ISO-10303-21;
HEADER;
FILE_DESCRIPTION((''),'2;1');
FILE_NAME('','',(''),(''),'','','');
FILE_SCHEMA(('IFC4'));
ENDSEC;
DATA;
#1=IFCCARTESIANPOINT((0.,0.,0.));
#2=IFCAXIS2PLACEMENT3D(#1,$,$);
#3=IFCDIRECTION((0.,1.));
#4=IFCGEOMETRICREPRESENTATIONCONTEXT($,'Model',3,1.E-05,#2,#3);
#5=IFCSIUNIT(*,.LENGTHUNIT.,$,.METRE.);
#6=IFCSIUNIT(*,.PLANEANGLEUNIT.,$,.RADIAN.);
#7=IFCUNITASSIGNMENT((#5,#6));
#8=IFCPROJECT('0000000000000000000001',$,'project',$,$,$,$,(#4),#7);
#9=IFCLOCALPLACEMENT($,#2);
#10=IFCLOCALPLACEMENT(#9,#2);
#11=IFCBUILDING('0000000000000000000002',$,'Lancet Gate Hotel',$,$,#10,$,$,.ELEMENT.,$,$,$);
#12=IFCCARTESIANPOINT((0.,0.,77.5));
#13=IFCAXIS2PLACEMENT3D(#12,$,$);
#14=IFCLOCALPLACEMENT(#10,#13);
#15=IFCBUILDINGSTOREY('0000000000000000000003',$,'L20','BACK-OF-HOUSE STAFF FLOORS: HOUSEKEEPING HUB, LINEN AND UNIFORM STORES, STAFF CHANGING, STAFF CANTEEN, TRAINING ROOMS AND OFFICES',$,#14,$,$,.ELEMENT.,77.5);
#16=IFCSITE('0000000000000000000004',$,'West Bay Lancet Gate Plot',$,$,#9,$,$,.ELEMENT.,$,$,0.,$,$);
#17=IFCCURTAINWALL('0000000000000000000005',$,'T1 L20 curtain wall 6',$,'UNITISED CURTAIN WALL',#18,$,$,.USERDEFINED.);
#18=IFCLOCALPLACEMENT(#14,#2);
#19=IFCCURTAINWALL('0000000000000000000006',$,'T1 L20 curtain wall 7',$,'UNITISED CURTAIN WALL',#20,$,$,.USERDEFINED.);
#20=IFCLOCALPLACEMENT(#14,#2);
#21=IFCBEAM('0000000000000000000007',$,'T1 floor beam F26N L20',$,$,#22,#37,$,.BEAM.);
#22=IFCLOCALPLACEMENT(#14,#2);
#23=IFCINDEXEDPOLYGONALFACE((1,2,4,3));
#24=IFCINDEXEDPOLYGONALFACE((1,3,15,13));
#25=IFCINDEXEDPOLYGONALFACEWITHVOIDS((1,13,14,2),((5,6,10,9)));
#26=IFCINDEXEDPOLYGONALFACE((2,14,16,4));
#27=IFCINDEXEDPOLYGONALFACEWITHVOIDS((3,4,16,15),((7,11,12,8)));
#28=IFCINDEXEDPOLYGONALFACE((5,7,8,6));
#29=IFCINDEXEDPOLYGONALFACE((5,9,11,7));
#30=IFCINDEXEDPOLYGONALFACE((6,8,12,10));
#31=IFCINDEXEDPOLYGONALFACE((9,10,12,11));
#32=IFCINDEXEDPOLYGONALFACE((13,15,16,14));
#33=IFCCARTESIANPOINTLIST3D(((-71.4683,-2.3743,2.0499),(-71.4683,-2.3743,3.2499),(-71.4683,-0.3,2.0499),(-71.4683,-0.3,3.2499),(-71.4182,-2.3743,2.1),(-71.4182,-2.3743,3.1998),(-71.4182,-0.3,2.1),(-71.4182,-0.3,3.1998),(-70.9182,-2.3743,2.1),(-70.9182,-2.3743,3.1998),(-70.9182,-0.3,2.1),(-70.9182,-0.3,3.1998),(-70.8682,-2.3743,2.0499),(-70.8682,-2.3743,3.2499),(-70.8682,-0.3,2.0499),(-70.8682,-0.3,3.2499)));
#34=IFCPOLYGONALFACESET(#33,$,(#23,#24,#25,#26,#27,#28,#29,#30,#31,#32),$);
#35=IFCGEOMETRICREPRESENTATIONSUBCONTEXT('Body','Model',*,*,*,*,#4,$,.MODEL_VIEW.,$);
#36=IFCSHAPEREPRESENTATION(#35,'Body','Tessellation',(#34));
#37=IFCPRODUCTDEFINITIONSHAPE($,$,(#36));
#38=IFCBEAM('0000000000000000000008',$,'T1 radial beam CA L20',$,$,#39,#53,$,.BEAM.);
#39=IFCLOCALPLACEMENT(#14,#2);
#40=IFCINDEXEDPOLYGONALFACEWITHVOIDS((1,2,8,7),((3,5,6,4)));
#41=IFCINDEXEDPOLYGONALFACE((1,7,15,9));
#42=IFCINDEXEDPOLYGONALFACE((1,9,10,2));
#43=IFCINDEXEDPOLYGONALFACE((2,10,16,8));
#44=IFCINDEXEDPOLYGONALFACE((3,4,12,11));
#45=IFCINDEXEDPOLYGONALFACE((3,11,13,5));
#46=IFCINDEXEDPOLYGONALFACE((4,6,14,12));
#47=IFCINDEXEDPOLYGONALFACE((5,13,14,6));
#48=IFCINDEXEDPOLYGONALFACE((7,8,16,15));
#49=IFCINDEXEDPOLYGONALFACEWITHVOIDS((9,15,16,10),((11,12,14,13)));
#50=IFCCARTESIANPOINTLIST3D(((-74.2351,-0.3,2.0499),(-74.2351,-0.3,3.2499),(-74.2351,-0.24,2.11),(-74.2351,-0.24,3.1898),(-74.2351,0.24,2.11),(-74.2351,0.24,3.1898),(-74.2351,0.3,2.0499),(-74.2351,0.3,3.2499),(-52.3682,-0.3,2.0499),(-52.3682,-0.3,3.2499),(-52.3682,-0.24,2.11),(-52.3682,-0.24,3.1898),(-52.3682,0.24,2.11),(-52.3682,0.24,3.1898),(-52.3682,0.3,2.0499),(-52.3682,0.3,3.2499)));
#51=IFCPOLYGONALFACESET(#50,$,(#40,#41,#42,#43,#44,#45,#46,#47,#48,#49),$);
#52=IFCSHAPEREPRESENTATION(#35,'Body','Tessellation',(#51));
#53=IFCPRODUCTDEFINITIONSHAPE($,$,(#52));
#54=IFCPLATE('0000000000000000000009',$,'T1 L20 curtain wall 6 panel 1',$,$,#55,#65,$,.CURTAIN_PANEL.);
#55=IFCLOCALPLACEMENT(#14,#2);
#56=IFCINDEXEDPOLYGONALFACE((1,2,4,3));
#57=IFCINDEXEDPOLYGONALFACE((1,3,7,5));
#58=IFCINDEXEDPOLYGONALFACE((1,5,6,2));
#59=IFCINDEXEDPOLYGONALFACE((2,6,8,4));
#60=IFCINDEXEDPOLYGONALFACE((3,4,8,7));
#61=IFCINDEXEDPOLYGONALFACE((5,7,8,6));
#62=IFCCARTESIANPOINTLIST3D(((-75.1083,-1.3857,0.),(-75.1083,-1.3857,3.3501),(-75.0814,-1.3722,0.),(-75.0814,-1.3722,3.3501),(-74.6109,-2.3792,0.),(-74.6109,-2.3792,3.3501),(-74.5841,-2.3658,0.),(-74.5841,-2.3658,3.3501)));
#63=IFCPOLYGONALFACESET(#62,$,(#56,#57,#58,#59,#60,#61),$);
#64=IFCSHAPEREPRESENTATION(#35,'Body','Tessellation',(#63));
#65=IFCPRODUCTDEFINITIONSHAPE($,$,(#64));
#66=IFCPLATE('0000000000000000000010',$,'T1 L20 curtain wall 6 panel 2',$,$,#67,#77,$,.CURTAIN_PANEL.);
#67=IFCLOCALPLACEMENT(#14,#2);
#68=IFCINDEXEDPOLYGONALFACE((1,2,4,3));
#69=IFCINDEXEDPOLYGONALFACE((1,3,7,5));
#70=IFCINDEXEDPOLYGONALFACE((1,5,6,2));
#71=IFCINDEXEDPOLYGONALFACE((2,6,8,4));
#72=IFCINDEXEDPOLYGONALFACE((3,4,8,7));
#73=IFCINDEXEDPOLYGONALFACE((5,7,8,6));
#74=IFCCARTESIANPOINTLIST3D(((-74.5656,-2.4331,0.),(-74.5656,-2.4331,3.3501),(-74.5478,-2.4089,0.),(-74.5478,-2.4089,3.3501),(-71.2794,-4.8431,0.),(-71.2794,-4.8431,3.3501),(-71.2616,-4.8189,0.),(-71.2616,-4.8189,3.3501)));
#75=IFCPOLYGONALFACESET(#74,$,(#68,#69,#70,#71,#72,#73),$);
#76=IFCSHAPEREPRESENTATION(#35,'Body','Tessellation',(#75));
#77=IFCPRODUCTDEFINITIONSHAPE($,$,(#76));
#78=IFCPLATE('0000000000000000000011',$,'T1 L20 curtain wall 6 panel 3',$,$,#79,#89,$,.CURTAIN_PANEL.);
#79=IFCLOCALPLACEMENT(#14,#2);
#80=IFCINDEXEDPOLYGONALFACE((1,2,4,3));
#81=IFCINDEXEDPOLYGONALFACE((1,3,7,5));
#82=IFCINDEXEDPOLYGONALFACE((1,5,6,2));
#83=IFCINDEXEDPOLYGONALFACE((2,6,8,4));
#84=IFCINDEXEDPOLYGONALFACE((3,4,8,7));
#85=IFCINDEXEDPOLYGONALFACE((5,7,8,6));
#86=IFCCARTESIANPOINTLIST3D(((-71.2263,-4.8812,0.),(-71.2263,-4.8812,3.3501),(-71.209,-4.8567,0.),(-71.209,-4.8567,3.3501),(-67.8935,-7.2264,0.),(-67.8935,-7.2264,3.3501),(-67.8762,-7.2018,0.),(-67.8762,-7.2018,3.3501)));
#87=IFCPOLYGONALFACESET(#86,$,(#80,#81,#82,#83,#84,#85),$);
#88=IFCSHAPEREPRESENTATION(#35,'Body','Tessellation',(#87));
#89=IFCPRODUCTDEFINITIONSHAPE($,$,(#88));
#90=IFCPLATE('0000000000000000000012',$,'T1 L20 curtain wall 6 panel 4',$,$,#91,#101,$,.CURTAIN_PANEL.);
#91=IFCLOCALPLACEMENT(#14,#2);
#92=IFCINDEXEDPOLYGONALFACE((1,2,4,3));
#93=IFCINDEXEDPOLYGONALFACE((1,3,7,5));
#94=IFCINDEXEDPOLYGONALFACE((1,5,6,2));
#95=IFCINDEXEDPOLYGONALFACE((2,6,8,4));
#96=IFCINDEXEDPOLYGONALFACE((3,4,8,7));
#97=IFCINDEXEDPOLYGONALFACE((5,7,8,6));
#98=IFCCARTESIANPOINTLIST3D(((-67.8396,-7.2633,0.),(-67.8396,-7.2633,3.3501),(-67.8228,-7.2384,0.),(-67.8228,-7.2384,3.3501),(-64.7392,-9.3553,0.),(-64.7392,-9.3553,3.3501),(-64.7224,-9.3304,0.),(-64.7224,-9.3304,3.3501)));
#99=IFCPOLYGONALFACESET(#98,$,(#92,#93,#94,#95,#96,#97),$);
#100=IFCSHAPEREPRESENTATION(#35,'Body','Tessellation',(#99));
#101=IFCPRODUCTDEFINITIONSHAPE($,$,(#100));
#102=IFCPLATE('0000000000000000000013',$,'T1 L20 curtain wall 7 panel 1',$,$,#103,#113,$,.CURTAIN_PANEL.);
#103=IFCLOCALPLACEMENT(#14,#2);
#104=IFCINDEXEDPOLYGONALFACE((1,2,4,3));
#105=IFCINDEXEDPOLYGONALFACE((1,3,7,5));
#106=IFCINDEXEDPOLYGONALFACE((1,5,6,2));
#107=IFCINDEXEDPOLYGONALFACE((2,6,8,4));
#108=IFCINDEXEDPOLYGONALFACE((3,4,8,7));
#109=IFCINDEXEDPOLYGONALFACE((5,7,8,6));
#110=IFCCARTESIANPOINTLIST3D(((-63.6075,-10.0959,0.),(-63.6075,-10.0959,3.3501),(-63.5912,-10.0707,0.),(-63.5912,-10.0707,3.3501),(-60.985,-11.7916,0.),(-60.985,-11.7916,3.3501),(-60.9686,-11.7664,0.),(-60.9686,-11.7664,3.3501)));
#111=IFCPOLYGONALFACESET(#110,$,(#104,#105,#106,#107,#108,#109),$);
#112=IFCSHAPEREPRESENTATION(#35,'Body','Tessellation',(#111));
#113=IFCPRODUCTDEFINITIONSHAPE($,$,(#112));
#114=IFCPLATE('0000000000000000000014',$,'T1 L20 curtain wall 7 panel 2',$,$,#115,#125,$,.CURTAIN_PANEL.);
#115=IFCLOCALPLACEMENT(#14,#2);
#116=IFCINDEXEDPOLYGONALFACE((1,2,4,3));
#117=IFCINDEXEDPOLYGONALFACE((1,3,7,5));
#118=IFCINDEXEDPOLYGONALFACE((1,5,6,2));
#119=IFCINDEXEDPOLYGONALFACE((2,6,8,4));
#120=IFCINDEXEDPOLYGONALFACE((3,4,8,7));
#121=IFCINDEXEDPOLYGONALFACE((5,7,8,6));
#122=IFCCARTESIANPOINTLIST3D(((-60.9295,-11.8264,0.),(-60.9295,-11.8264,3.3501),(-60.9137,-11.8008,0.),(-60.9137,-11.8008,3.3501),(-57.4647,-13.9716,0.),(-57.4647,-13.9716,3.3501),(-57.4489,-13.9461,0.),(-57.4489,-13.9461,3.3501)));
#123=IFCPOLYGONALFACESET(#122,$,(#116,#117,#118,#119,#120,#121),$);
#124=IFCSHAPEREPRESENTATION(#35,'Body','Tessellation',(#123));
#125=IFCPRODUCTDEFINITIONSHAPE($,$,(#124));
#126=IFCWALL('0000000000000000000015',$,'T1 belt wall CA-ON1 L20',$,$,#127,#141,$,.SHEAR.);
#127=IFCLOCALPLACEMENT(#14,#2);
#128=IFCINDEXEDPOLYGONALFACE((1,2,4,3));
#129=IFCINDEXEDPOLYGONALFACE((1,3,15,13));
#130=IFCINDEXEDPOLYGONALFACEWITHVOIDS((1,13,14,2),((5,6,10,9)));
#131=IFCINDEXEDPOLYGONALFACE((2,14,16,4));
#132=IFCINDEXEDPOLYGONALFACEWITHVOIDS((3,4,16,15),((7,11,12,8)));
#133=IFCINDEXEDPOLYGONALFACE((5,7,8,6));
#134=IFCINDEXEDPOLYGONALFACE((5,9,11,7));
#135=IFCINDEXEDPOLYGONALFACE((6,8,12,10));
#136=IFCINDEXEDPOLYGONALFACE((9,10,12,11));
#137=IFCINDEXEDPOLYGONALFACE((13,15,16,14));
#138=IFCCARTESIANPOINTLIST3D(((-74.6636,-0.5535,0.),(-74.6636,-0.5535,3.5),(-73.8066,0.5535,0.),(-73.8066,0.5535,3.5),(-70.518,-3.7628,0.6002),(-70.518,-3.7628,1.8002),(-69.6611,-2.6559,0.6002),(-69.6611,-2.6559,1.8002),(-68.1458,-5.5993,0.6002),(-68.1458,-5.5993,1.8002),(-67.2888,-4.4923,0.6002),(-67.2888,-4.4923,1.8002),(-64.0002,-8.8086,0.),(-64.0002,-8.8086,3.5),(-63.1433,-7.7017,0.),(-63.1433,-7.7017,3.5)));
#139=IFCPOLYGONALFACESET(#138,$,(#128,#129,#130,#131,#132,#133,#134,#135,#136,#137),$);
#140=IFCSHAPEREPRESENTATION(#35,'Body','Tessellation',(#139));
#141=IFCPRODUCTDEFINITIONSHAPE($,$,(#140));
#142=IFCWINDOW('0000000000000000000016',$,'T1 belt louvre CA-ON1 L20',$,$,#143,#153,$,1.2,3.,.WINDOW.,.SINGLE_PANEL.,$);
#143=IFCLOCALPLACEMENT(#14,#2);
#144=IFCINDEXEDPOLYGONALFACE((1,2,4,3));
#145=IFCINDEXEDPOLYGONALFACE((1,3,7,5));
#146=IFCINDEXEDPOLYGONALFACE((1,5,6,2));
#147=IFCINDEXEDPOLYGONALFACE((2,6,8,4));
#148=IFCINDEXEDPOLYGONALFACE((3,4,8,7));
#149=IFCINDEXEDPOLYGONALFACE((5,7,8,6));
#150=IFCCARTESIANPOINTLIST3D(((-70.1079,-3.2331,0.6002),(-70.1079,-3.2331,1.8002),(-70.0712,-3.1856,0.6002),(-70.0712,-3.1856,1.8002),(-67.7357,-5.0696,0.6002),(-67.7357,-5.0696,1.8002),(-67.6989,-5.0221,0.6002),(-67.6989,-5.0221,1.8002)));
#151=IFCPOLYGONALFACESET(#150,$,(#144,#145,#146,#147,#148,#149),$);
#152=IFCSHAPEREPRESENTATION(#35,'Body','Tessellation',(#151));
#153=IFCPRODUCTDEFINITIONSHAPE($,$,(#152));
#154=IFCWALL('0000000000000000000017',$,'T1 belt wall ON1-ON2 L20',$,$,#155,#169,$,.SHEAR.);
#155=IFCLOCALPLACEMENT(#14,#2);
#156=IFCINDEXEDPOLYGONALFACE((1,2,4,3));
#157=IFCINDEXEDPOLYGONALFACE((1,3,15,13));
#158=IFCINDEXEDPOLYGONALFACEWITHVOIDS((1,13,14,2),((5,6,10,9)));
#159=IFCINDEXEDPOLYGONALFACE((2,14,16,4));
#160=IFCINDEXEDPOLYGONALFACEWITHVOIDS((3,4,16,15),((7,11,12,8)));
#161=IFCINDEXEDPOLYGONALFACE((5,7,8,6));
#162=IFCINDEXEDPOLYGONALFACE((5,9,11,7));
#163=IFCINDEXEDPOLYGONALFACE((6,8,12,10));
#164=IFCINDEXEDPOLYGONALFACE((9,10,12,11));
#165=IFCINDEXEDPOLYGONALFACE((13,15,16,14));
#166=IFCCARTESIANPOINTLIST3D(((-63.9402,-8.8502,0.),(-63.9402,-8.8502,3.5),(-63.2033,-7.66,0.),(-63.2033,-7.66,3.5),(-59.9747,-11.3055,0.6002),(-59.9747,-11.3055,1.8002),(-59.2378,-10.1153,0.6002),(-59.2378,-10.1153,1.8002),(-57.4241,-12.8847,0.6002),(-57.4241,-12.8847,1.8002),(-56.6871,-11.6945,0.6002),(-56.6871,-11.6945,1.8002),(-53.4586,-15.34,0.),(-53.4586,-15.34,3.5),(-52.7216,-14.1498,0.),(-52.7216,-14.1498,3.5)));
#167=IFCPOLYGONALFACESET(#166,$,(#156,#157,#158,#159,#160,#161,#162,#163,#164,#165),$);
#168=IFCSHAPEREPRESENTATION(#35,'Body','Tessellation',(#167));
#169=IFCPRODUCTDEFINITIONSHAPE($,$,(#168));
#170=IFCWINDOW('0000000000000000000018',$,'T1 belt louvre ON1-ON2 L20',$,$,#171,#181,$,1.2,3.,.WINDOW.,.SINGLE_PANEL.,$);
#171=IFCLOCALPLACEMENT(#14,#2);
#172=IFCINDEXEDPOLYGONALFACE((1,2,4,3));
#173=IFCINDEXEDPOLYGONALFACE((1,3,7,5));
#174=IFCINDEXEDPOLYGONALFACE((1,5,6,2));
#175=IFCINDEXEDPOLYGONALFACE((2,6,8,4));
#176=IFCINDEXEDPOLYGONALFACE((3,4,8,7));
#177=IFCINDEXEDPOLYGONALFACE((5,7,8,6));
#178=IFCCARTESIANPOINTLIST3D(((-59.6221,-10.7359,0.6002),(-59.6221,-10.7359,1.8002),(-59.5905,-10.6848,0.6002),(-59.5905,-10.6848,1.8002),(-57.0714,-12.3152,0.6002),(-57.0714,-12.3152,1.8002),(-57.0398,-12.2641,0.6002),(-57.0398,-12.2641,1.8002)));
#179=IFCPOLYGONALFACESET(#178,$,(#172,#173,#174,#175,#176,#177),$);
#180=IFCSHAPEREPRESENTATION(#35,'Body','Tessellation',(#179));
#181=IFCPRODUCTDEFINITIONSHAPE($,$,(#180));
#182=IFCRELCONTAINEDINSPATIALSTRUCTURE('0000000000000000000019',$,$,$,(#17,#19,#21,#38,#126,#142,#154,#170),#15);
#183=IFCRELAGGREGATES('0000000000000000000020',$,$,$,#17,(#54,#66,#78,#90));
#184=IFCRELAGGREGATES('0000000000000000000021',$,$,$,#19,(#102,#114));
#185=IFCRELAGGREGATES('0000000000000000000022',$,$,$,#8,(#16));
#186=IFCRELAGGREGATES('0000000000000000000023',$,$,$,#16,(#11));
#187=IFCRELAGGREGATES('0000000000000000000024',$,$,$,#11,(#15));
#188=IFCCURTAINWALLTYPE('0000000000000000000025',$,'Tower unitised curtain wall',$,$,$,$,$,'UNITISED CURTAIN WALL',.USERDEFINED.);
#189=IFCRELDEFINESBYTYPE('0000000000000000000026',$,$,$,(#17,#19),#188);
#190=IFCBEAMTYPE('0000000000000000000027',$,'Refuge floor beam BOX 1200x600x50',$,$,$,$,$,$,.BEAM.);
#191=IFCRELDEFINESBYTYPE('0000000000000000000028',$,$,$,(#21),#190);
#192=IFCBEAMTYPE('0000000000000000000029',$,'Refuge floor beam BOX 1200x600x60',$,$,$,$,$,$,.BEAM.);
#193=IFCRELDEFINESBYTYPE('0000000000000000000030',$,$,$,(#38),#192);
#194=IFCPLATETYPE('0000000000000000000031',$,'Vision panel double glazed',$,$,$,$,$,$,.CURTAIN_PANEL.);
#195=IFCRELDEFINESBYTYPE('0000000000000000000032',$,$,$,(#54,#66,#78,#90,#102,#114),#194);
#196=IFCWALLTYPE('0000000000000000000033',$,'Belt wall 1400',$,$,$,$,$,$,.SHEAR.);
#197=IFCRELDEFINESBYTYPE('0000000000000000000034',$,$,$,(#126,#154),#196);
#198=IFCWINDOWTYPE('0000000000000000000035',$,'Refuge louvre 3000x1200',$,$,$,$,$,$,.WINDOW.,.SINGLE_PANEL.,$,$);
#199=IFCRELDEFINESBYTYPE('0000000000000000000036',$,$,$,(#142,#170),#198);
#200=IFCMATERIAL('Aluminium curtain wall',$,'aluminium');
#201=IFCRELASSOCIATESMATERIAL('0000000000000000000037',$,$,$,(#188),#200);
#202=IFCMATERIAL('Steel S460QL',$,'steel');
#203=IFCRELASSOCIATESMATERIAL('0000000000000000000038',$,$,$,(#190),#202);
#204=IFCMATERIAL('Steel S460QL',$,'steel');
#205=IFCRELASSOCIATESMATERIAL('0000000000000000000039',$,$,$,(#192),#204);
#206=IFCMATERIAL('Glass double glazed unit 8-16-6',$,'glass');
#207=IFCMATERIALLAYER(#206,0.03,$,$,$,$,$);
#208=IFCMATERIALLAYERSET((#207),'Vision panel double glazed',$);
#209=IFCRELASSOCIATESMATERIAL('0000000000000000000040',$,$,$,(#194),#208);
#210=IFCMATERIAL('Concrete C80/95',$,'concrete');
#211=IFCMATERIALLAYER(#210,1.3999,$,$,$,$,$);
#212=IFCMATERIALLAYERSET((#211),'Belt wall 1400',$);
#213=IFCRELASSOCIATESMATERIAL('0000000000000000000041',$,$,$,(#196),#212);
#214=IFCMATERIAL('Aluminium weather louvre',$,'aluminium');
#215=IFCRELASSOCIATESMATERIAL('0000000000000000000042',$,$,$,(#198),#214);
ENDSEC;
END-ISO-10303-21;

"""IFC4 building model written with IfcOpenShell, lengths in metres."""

from ifc_helpers import new_model, si_unit, direction, frame, frame_2d, origin, origin_2d, place, context, subcontext, project, spatial, rectangle, hollow_rectangle, extrude, material, layer, layer_set, material_profile, profile_set, type_object, element, fill, aggregate, save


model = new_model("IFC4")

# Units and contexts
model_context = context("Model", 3, precision=1e-05, world=origin(), true_north=direction((0.0, 1.0)))
body_context = subcontext(model_context, "Body", "Model", "MODEL_VIEW")
ifc_project = project(units=[si_unit("LENGTHUNIT", "METRE"), si_unit("PLANEANGLEUNIT", "RADIAN")], contexts=[model_context])

# Site, building, storey
site_placement = place(None, origin())
site = spatial("IfcSite", under=ifc_project, at=site_placement, Name="West Bay Lancet Gate Plot", CompositionType="ELEMENT", RefElevation=0.0)
building_placement = place(site_placement, origin())
building = spatial("IfcBuilding", under=site, at=building_placement, Name="Lancet Gate Hotel", CompositionType="ELEMENT")
storey_placement = place(building_placement, frame((0.0, 0.0, 77.5)))
storey = spatial("IfcBuildingStorey", under=building, at=storey_placement, Name="L20", Description="BACK-OF-HOUSE STAFF FLOORS: HOUSEKEEPING HUB, LINEN AND UNIFORM STORES, STAFF CHANGING, STAFF CANTEEN, TRAINING ROOMS AND OFFICES", CompositionType="ELEMENT", Elevation=77.5)

# Curtain walls
ifc_material_1 = material(Name="Aluminium curtain wall", Category="aluminium")
curtain_wall_type = type_object("IfcCurtainWallType", Name="Tower unitised curtain wall", ElementType="UNITISED CURTAIN WALL", PredefinedType="USERDEFINED", material=ifc_material_1)
curtain_wall_1_placement = place(storey_placement, origin())
curtain_wall_1 = element("IfcCurtainWall", 1, at=curtain_wall_1_placement, inside=storey, type_object=curtain_wall_type, Name="T1 L20 curtain wall 6", ObjectType="UNITISED CURTAIN WALL", PredefinedType="USERDEFINED")
curtain_wall_2_placement = place(storey_placement, origin())
curtain_wall_2 = element("IfcCurtainWall", 2, at=curtain_wall_2_placement, inside=storey, type_object=curtain_wall_type, Name="T1 L20 curtain wall 7", ObjectType="UNITISED CURTAIN WALL", PredefinedType="USERDEFINED")

# Beams
ifc_material_2 = material(Name="Steel S460QL", Category="steel")
ifc_material_profile_1 = material_profile(ifc_material_2, hollow_rectangle(XDim=0.6001, YDim=1.2, WallThickness=0.05, at=origin_2d()), Name="BOX 1200x600x50")
ifc_profile_set_1 = profile_set([ifc_material_profile_1], Name="Steel S460QL")
beam_type_1 = type_object("IfcBeamType", Name="Refuge floor beam BOX 1200x600x50", PredefinedType="BEAM", material=ifc_profile_set_1)
beam_1_placement = place(storey_placement, frame((-71.1682, -0.3, 2.6499), z_axis=(0.0, -1.0, 0.0), x_axis=(1.0, 0.0, 0.0)))
element("IfcBeam", 3, at=beam_1_placement, inside=storey, type_object=beam_type_1, Name="T1 floor beam F26N L20", PredefinedType="BEAM", context=body_context, shape_type="SweptSolid", body=[
    extrude(hollow_rectangle(XDim=0.6001, YDim=1.2, WallThickness=0.05, at=origin_2d()), origin(), (0.0, 0.0, 1.0), 2.0742),
])
ifc_material_3 = material(Name="Steel S460QL", Category="steel")
ifc_material_profile_2 = material_profile(ifc_material_3, hollow_rectangle(XDim=0.6001, YDim=1.2, WallThickness=0.0601, at=origin_2d()), Name="BOX 1200x600x60")
ifc_profile_set_2 = profile_set([ifc_material_profile_2], Name="Steel S460QL")
beam_type_2 = type_object("IfcBeamType", Name="Refuge floor beam BOX 1200x600x60", PredefinedType="BEAM", material=ifc_profile_set_2)
beam_2_placement = place(storey_placement, frame((-74.2351, 0.0, 2.6499), z_axis=(1.0, 0.0, 0.0), x_axis=(0.0, 1.0, 0.0)))
element("IfcBeam", 4, at=beam_2_placement, inside=storey, type_object=beam_type_2, Name="T1 radial beam CA L20", PredefinedType="BEAM", context=body_context, shape_type="SweptSolid", body=[
    extrude(hollow_rectangle(XDim=0.6001, YDim=1.2, WallThickness=0.0601, at=origin_2d()), origin(), (0.0, 0.0, 1.0), 21.8669),
])

# Plates
ifc_material_4 = material(Name="Glass double glazed unit 8-16-6", Category="glass")
ifc_layer_1 = layer(ifc_material_4, 0.03)
ifc_layer_set_1 = layer_set([ifc_layer_1], Name="Vision panel double glazed")
plate_type = type_object("IfcPlateType", Name="Vision panel double glazed", PredefinedType="CURTAIN_PANEL", material=ifc_layer_set_1)
plate_1_placement = place(storey_placement, frame((-74.8462, -1.8757, 0.0), z_axis=(0.0, 0.0, 1.0), x_axis=(0.447628, -0.89422, 0.0)))
plate_1 = element("IfcPlate", 5, at=plate_1_placement, type_object=plate_type, Name="T1 L20 curtain wall 6 panel 1", PredefinedType="CURTAIN_PANEL", context=body_context, shape_type="SweptSolid", body=[
    extrude(rectangle(XDim=1.1111, YDim=0.03, at=origin_2d()), origin(), (0.0, 0.0, 1.0), 3.3501),
])
plate_2_placement = place(storey_placement, frame((-72.9136, -3.626, 0.0), z_axis=(0.0, 0.0, 1.0), x_axis=(0.80639, -0.591384, 0.0)))
plate_2 = element("IfcPlate", 6, at=plate_2_placement, type_object=plate_type, Name="T1 L20 curtain wall 6 panel 2", PredefinedType="CURTAIN_PANEL", context=body_context, shape_type="SweptSolid", body=[
    extrude(rectangle(XDim=4.0752, YDim=0.03, at=origin_2d()), origin(), (0.0, 0.0, 1.0), 3.3501),
])
plate_3_placement = place(storey_placement, frame((-69.5513, -6.0415, 0.0), z_axis=(0.0, 0.0, 1.0), x_axis=(0.817825, -0.575467, 0.0)))
plate_3 = element("IfcPlate", 7, at=plate_3_placement, type_object=plate_type, Name="T1 L20 curtain wall 6 panel 3", PredefinedType="CURTAIN_PANEL", context=body_context, shape_type="SweptSolid", body=[
    extrude(rectangle(XDim=4.0752, YDim=0.03, at=origin_2d()), origin(), (0.0, 0.0, 1.0), 3.3501),
])
plate_4_placement = place(storey_placement, frame((-66.281, -8.2969, 0.0), z_axis=(0.0, 0.0, 1.0), x_axis=(0.828946, -0.559329, 0.0)))
plate_4 = element("IfcPlate", 8, at=plate_4_placement, type_object=plate_type, Name="T1 L20 curtain wall 6 panel 4", PredefinedType="CURTAIN_PANEL", context=body_context, shape_type="SweptSolid", body=[
    extrude(rectangle(XDim=3.7402, YDim=0.03, at=origin_2d()), origin(), (0.0, 0.0, 1.0), 3.3501),
])
aggregate(curtain_wall_1, [plate_1, plate_2, plate_3, plate_4])
plate_5_placement = place(storey_placement, frame((-62.2881, -10.9312, 0.0), z_axis=(0.0, 0.0, 1.0), x_axis=(0.839749, -0.542975, 0.0)))
plate_5 = element("IfcPlate", 9, at=plate_5_placement, type_object=plate_type, Name="T1 L20 curtain wall 7 panel 1", PredefinedType="CURTAIN_PANEL", context=body_context, shape_type="SweptSolid", body=[
    extrude(rectangle(XDim=3.123, YDim=0.03, at=origin_2d()), origin(), (0.0, 0.0, 1.0), 3.3501),
])
plate_6_placement = place(storey_placement, frame((-59.1892, -12.8862, 0.0), z_axis=(0.0, 0.0, 1.0), x_axis=(0.850229, -0.526414, 0.0)))
plate_6 = element("IfcPlate", 10, at=plate_6_placement, type_object=plate_type, Name="T1 L20 curtain wall 7 panel 2", PredefinedType="CURTAIN_PANEL", context=body_context, shape_type="SweptSolid", body=[
    extrude(rectangle(XDim=4.0752, YDim=0.03, at=origin_2d()), origin(), (0.0, 0.0, 1.0), 3.3501),
])
aggregate(curtain_wall_2, [plate_5, plate_6])

# Walls, openings, windows
ifc_material_5 = material(Name="Concrete C80/95", Category="concrete")
ifc_layer_2 = layer(ifc_material_5, 1.3999)
ifc_layer_set_2 = layer_set([ifc_layer_2], Name="Belt wall 1400")
wall_type = type_object("IfcWallType", Name="Belt wall 1400", PredefinedType="SHEAR", material=ifc_layer_set_2)
wall_1_placement = place(storey_placement, frame((-74.2351, 0.0, 0.0), z_axis=(0.0, 0.0, 1.0), x_axis=(0.790736, -0.612157, 0.0)))
wall_1 = element("IfcWall", 11, at=wall_1_placement, inside=storey, type_object=wall_type, Name="T1 belt wall CA-ON1 L20", PredefinedType="SHEAR", context=body_context, shape_type="SweptSolid", body=[
    extrude(rectangle(XDim=13.4854, YDim=1.3999, at=frame_2d((6.7427, 0.0))), origin(), (0.0, 0.0, 1.0), 3.5),
])
opening_1_placement = place(wall_1_placement, frame((5.2427, 0.0, 0.6001)))
opening_1 = element("IfcOpeningElement", 12, at=opening_1_placement, cuts=wall_1, PredefinedType="OPENING", context=body_context, shape_type="SweptSolid", body=[
    extrude(rectangle(XDim=3.0, YDim=1.2, at=frame_2d((1.5, 0.6001))), frame((0.0, 0.71, 0.0), z_axis=(0.0, -1.0, 0.0), x_axis=(1.0, 0.0, 0.0)), (0.0, 0.0, 1.0), 1.4199),
])
ifc_material_6 = material(Name="Aluminium weather louvre", Category="aluminium")
window_type = type_object("IfcWindowType", Name="Refuge louvre 3000x1200", PartitioningType="SINGLE_PANEL", PredefinedType="WINDOW", material=ifc_material_6)
window_1_placement = place(opening_1_placement, origin())
window_1 = element("IfcWindow", 13, at=window_1_placement, inside=storey, type_object=window_type, Name="T1 belt louvre CA-ON1 L20", OverallHeight=1.2, OverallWidth=3.0, PartitioningType="SINGLE_PANEL", PredefinedType="WINDOW", context=body_context, shape_type="SweptSolid", body=[
    extrude(rectangle(XDim=3.0, YDim=1.2, at=frame_2d((1.5, 0.6001))), frame((0.0, 0.03, 0.0), z_axis=(0.0, -1.0, 0.0), x_axis=(1.0, 0.0, 0.0)), (0.0, 0.0, 1.0), 0.0601),
])
fill(opening_1, window_1)
wall_2_placement = place(storey_placement, frame((-63.5718, -8.2551, 0.0), z_axis=(0.0, 0.0, 1.0), x_axis=(0.850226, -0.526418, 0.0)))
wall_2 = element("IfcWall", 14, at=wall_2_placement, inside=storey, type_object=wall_type, Name="T1 belt wall ON1-ON2 L20", PredefinedType="SHEAR", context=body_context, shape_type="SweptSolid", body=[
    extrude(rectangle(XDim=12.3281, YDim=1.3999, at=frame_2d((6.1641, 0.0))), origin(), (0.0, 0.0, 1.0), 3.5),
])
opening_2_placement = place(wall_2_placement, frame((4.6641, 0.0, 0.6001)))
opening_2 = element("IfcOpeningElement", 15, at=opening_2_placement, cuts=wall_2, PredefinedType="OPENING", context=body_context, shape_type="SweptSolid", body=[
    extrude(rectangle(XDim=3.0, YDim=1.2, at=frame_2d((1.5, 0.6001))), frame((0.0, 0.71, 0.0), z_axis=(0.0, -1.0, 0.0), x_axis=(1.0, 0.0, 0.0)), (0.0, 0.0, 1.0), 1.4199),
])
window_2_placement = place(opening_2_placement, origin())
window_2 = element("IfcWindow", 16, at=window_2_placement, inside=storey, type_object=window_type, Name="T1 belt louvre ON1-ON2 L20", OverallHeight=1.2, OverallWidth=3.0, PartitioningType="SINGLE_PANEL", PredefinedType="WINDOW", context=body_context, shape_type="SweptSolid", body=[
    extrude(rectangle(XDim=3.0, YDim=1.2, at=frame_2d((1.5, 0.6001))), frame((0.0, 0.03, 0.0), z_axis=(0.0, -1.0, 0.0), x_axis=(1.0, 0.0, 0.0)), (0.0, 0.0, 1.0), 0.0601),
])
fill(opening_2, window_2)

save(model, "model.ifc")
